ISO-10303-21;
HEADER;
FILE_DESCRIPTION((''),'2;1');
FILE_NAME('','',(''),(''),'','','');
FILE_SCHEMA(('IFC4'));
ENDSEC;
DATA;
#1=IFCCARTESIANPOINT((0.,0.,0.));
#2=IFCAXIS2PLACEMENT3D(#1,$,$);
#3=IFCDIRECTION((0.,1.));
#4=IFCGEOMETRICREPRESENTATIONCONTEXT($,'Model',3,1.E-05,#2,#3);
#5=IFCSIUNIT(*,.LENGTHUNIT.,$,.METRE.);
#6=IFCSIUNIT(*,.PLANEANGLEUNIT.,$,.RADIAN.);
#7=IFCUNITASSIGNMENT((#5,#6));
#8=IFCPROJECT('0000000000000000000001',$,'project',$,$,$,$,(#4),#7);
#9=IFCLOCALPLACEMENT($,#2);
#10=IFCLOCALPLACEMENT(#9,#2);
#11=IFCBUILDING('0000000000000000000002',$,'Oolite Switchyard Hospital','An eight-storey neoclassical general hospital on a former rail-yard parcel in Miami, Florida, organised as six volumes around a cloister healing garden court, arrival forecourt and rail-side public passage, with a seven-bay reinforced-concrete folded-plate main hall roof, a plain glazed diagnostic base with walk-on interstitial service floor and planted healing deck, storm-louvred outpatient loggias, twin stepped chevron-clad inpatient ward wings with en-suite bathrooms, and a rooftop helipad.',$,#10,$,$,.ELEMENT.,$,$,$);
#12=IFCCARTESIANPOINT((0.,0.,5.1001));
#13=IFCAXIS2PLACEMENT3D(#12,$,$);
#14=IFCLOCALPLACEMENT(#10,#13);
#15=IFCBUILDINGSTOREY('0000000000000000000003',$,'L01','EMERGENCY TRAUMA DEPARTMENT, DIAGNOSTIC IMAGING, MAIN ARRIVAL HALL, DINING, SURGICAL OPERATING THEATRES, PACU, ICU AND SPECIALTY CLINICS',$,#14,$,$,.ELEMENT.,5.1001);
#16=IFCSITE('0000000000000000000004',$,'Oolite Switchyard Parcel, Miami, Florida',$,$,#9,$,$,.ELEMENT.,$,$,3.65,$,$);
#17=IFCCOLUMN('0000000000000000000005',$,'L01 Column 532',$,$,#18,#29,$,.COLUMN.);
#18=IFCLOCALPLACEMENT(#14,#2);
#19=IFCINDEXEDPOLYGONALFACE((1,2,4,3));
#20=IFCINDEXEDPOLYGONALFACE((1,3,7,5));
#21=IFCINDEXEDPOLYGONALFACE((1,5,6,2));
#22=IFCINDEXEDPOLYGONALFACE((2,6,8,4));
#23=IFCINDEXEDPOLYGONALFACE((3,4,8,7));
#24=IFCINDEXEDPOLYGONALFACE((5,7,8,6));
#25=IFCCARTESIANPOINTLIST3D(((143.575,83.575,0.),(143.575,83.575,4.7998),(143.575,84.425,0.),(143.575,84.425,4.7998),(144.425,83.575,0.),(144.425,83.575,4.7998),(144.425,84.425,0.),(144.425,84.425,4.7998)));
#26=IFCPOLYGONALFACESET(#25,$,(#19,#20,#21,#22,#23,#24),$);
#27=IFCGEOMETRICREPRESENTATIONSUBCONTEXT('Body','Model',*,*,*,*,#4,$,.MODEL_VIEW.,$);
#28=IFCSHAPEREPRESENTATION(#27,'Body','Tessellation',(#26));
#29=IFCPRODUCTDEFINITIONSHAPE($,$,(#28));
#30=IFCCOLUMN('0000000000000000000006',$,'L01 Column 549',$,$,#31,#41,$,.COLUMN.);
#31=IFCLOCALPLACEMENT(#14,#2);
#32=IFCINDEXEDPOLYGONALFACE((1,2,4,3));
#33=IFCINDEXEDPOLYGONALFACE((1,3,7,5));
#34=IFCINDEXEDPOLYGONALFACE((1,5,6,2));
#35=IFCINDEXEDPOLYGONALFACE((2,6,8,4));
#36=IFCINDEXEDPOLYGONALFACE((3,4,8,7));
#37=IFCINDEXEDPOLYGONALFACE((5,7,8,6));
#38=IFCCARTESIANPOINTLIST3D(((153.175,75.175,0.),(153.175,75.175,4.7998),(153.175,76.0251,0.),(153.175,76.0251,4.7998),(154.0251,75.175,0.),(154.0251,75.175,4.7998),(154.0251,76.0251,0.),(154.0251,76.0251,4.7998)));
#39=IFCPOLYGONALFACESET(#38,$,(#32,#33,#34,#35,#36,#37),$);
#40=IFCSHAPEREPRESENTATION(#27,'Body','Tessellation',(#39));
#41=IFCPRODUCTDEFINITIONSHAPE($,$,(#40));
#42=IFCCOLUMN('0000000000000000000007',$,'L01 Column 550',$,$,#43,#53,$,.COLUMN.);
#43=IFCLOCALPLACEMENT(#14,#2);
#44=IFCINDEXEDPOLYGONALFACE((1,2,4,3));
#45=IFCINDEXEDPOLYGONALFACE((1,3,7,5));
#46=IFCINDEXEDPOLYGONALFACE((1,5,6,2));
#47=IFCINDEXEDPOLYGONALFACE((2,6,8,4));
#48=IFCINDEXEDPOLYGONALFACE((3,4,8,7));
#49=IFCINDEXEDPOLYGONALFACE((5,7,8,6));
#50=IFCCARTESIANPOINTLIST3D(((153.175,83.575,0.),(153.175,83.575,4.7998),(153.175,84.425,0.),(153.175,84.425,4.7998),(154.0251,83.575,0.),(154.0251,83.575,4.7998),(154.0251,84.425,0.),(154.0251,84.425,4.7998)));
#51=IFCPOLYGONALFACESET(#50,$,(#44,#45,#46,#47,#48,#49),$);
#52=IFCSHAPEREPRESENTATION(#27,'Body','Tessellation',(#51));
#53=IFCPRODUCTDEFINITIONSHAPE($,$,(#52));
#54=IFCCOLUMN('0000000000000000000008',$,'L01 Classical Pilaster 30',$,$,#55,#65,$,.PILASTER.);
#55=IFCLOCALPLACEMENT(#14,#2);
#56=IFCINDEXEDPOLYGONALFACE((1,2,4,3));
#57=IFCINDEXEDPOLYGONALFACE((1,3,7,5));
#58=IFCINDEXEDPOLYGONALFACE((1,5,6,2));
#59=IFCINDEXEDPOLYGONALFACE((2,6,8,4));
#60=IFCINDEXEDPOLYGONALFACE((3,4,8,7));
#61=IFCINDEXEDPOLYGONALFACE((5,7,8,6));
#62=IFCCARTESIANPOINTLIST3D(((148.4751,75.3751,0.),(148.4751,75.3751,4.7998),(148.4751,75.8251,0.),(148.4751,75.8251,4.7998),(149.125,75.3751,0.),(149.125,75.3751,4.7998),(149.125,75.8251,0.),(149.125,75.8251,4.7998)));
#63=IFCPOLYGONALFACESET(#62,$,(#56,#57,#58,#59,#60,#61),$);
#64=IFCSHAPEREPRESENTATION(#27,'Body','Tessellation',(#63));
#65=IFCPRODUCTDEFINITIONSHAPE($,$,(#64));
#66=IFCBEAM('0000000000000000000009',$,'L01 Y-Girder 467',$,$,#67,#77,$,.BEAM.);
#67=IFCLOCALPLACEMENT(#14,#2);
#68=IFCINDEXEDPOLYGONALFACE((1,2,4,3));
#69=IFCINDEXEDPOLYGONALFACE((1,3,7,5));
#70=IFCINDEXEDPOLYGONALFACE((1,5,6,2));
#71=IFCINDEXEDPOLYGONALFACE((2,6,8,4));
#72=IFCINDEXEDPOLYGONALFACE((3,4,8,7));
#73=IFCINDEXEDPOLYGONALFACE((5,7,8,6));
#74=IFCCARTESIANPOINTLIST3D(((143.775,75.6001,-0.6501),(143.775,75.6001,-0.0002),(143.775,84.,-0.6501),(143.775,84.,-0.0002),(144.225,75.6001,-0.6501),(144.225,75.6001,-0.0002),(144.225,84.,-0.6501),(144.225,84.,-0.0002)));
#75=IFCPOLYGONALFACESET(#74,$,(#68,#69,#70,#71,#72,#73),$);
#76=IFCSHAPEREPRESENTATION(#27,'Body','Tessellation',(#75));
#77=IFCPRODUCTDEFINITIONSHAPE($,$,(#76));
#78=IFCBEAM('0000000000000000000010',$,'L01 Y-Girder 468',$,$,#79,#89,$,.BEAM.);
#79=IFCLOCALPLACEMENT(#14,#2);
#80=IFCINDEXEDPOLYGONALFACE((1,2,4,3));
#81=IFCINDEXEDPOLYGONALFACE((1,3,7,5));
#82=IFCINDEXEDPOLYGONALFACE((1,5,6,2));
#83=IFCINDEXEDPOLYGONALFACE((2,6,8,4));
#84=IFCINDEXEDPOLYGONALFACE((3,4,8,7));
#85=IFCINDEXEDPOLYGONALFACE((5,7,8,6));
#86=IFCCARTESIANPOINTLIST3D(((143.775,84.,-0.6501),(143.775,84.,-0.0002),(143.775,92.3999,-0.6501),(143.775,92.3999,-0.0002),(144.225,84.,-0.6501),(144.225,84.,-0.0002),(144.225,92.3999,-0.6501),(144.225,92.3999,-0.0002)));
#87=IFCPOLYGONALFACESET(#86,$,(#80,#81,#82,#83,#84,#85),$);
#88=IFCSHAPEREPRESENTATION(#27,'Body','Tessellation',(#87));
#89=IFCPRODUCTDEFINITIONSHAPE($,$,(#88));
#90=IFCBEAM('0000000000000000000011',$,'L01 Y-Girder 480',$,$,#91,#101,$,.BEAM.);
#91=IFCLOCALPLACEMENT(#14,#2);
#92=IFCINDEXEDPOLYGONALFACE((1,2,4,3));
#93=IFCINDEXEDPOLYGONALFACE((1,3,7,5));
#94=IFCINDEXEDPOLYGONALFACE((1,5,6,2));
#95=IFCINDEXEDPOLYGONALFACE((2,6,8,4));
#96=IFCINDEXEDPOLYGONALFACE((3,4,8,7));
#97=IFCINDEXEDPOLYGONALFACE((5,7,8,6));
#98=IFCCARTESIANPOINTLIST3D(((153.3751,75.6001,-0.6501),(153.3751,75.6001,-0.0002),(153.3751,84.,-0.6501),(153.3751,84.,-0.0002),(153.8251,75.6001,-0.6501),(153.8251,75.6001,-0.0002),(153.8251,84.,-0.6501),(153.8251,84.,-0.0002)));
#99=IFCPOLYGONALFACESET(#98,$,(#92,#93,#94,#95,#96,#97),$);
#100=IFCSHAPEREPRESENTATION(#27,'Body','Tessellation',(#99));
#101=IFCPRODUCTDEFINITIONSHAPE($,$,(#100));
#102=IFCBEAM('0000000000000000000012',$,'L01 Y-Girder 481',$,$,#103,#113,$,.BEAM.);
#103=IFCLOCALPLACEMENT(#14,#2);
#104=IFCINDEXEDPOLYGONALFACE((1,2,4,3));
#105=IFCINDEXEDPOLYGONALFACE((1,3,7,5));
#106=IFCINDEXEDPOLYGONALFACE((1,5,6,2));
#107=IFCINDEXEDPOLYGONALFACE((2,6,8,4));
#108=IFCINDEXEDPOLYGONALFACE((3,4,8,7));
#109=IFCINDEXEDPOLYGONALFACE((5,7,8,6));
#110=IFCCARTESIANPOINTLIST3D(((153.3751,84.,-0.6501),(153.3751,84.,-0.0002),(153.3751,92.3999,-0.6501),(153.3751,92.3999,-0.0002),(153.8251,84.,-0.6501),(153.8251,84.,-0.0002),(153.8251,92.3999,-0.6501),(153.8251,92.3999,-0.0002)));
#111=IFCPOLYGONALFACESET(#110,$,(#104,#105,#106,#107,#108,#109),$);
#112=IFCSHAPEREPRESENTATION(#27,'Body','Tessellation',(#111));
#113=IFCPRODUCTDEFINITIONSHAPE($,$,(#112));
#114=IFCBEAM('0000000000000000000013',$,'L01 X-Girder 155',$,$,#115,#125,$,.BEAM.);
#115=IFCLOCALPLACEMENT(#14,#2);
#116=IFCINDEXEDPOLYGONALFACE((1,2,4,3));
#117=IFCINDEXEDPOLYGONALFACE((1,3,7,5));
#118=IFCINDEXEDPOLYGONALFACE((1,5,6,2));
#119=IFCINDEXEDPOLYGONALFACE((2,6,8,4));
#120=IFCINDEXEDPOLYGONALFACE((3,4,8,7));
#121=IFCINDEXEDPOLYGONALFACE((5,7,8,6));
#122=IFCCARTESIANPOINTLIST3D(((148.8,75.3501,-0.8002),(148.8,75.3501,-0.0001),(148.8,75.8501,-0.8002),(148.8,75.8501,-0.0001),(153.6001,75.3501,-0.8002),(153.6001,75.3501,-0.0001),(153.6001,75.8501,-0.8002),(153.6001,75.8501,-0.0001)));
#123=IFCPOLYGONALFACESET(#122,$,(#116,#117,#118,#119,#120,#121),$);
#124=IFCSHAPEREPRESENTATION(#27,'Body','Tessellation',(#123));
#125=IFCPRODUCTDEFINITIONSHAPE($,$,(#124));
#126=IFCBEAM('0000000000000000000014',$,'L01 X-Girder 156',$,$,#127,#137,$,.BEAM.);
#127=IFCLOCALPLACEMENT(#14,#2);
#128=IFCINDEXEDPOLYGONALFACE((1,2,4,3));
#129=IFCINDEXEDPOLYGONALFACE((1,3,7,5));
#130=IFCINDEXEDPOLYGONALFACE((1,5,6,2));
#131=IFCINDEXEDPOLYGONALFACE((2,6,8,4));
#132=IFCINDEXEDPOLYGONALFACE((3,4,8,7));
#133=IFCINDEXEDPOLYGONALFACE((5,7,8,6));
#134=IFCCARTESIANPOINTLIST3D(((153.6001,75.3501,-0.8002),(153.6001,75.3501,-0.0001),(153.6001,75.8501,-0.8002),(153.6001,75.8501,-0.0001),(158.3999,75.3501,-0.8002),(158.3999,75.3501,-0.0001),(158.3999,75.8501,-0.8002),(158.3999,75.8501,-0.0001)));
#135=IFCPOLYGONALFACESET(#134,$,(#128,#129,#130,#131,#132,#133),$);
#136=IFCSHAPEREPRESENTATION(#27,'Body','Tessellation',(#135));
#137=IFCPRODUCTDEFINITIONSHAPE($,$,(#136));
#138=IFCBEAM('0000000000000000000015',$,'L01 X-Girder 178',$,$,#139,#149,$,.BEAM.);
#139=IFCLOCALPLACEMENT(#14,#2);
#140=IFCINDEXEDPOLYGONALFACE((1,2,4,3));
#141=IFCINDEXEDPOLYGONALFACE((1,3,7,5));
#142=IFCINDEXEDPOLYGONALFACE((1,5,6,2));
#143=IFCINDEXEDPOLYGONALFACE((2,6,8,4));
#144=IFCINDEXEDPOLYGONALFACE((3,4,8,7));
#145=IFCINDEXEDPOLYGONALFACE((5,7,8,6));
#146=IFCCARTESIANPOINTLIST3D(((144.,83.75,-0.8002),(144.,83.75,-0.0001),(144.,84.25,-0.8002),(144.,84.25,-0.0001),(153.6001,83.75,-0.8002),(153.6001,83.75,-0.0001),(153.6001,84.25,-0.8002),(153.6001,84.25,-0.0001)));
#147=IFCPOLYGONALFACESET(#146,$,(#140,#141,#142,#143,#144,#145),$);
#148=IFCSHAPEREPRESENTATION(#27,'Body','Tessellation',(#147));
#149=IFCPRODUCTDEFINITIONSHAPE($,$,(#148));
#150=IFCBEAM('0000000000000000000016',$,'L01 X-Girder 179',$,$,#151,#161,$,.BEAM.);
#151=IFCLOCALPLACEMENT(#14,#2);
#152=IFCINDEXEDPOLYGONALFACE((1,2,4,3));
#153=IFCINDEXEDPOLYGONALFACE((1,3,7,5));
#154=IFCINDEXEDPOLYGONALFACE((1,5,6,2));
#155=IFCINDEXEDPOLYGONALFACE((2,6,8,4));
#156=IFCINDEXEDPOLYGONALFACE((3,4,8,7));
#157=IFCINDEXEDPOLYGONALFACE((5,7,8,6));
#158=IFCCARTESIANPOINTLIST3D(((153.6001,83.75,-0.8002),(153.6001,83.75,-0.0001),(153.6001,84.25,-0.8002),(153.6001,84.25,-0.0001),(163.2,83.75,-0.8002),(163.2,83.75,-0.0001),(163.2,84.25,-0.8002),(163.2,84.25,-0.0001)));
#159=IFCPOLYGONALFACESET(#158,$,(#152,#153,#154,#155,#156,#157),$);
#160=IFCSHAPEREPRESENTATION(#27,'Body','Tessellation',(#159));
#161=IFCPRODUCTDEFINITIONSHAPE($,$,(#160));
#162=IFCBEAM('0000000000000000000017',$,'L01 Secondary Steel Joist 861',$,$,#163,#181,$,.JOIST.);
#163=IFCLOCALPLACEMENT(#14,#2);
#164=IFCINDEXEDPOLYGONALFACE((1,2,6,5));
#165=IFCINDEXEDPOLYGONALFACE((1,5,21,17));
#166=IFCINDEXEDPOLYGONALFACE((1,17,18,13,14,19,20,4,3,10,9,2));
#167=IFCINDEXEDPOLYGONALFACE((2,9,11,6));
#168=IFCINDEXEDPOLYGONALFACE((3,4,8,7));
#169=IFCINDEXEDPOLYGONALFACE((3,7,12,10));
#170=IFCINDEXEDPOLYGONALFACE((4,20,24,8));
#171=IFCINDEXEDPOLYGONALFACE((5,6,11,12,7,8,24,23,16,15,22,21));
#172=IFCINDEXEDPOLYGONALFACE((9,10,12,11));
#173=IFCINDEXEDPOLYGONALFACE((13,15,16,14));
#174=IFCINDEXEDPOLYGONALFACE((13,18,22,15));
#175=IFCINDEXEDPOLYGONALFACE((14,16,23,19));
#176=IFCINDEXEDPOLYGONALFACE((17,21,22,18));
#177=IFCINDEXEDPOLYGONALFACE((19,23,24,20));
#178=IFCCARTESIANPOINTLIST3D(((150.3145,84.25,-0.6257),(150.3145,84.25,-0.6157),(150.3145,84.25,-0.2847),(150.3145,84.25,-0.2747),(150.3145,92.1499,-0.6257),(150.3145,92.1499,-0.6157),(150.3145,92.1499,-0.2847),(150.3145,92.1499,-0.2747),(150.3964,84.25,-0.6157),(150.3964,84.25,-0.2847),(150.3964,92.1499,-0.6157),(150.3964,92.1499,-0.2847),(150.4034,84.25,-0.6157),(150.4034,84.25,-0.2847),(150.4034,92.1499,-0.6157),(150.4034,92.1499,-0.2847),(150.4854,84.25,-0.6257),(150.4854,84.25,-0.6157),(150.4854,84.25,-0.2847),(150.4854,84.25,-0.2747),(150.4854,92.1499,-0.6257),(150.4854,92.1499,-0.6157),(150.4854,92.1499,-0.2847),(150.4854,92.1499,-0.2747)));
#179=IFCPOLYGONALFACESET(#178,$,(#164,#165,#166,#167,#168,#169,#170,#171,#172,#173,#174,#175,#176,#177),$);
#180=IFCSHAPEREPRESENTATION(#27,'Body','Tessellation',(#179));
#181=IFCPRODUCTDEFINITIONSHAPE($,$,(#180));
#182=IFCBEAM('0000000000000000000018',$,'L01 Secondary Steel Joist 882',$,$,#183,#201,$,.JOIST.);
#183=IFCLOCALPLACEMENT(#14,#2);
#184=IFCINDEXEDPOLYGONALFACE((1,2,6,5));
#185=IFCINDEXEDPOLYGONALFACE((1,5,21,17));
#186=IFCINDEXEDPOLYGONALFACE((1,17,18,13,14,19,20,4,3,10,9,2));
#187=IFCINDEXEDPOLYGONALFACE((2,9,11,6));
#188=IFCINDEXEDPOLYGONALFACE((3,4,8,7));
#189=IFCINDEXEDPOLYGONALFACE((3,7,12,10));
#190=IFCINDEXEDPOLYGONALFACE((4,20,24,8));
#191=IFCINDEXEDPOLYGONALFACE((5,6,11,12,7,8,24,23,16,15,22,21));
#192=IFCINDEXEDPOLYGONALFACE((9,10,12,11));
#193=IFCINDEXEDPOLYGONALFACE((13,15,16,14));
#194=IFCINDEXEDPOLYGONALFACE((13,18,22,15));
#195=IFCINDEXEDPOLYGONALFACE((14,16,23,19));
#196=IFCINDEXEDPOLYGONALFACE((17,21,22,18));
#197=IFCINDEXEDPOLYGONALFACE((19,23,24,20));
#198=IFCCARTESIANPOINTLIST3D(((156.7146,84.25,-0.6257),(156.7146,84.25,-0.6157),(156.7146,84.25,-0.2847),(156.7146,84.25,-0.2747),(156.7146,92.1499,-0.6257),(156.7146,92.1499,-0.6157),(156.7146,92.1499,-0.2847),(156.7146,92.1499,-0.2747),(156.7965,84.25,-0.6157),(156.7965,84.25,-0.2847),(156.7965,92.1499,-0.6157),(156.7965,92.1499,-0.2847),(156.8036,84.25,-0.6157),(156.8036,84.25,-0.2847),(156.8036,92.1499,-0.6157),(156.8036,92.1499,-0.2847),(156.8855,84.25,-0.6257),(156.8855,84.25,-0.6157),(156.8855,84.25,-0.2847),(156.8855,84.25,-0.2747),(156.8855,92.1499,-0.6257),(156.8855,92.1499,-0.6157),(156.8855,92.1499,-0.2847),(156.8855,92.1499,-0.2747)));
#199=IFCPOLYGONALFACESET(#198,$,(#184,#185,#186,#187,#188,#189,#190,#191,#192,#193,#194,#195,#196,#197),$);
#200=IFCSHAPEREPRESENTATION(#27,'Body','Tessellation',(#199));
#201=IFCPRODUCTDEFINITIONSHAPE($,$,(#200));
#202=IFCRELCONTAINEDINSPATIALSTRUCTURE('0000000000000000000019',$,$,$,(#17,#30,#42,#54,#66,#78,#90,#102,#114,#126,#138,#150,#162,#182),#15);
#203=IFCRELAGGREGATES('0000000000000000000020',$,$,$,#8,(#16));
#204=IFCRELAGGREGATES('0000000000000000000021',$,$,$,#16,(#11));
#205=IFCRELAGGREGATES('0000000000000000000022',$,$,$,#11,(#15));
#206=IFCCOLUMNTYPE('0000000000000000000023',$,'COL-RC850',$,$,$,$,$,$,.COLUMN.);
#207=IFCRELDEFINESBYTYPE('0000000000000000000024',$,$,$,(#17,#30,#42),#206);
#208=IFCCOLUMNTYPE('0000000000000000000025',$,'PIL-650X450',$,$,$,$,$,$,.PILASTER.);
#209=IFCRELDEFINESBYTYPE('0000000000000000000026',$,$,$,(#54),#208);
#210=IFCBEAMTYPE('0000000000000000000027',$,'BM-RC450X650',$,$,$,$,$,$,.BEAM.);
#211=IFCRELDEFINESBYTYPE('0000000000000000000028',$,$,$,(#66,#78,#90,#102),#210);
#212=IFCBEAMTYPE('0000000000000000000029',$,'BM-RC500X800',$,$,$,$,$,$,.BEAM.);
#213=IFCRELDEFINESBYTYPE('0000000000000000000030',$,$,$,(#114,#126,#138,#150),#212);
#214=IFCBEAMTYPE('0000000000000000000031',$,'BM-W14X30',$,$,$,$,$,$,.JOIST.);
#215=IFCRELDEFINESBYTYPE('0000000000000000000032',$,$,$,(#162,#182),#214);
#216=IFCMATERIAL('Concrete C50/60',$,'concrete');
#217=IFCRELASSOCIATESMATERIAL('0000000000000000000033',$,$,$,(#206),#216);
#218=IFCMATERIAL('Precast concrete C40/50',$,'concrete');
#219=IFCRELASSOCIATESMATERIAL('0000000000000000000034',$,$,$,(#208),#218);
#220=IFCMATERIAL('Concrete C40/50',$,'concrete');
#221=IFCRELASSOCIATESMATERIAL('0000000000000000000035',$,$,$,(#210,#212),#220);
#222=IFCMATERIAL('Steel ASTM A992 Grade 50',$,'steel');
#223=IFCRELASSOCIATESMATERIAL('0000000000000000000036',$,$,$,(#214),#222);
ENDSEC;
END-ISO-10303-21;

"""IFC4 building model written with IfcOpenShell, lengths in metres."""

from ifc_helpers import new_model, si_unit, direction, frame, origin, origin_2d, place, context, subcontext, project, spatial, rectangle, i_section, extrude, material, material_profile, profile_set, type_object, element, save


model = new_model("IFC4")

# Units and contexts
model_context = context("Model", 3, precision=1e-05, world=origin(), true_north=direction((0.0, 1.0)))
body_context = subcontext(model_context, "Body", "Model", "MODEL_VIEW")
ifc_project = project(units=[si_unit("LENGTHUNIT", "METRE"), si_unit("PLANEANGLEUNIT", "RADIAN")], contexts=[model_context])

# Site, building, storey
site_placement = place(None, origin())
site = spatial("IfcSite", under=ifc_project, at=site_placement, Name="Oolite Switchyard Parcel, Miami, Florida", CompositionType="ELEMENT", RefElevation=3.65)
building_placement = place(site_placement, origin())
building = spatial("IfcBuilding", under=site, at=building_placement, Name="Oolite Switchyard Hospital", Description="An eight-storey neoclassical general hospital on a former rail-yard parcel in Miami, Florida, organised as six volumes around a cloister healing garden court, arrival forecourt and rail-side public passage, with a seven-bay reinforced-concrete folded-plate main hall roof, a plain glazed diagnostic base with walk-on interstitial service floor and planted healing deck, storm-louvred outpatient loggias, twin stepped chevron-clad inpatient ward wings with en-suite bathrooms, and a rooftop helipad.", CompositionType="ELEMENT")
storey_placement = place(building_placement, frame((0.0, 0.0, 5.1001)))
storey = spatial("IfcBuildingStorey", under=building, at=storey_placement, Name="L01", Description="EMERGENCY TRAUMA DEPARTMENT, DIAGNOSTIC IMAGING, MAIN ARRIVAL HALL, DINING, SURGICAL OPERATING THEATRES, PACU, ICU AND SPECIALTY CLINICS", CompositionType="ELEMENT", Elevation=5.1001)

# Columns
ifc_material_1 = material(Name="Concrete C50/60", Category="concrete")
ifc_material_profile_1 = material_profile(ifc_material_1, rectangle(XDim=0.8501, YDim=0.8501, at=origin_2d()), Name="RC850X850")
ifc_profile_set_1 = profile_set([ifc_material_profile_1], Name="Concrete C50/60")
column_type_1 = type_object("IfcColumnType", Name="COL-RC850", PredefinedType="COLUMN", material=ifc_profile_set_1)
for number, where, z_axis, x_axis, name in (
    (1, (144.0, 84.0, 0.0), (0.0, 0.0, 1.0), (1.0, 0.0, 0.0), "L01 Column 532"),
    (2, (153.6001, 75.6001, 0.0), (0.0, 0.0, 1.0), (1.0, 0.0, 0.0), "L01 Column 549"),
    (3, (153.6001, 84.0, 0.0), (0.0, 0.0, 1.0), (1.0, 0.0, 0.0), "L01 Column 550"),
):
    element("IfcColumn", number, at=place(storey_placement, frame(where, z_axis=z_axis, x_axis=x_axis)), inside=storey, type_object=column_type_1, Name=name, PredefinedType="COLUMN", context=body_context, shape_type="SweptSolid", body=[
        extrude(rectangle(XDim=0.8501, YDim=0.8501, at=origin_2d()), origin(), (0.0, 0.0, 1.0), 4.7998),
    ])
ifc_material_2 = material(Name="Precast concrete C40/50", Category="concrete")
ifc_material_profile_2 = material_profile(ifc_material_2, rectangle(XDim=0.6499, YDim=0.45, at=origin_2d()), Name="PIL650X450")
ifc_profile_set_2 = profile_set([ifc_material_profile_2], Name="Precast concrete C40/50")
column_type_2 = type_object("IfcColumnType", Name="PIL-650X450", PredefinedType="PILASTER", material=ifc_profile_set_2)
column_placement = place(storey_placement, frame((148.8, 75.6001, 0.0), z_axis=(0.0, 0.0, 1.0), x_axis=(1.0, 0.0, 0.0)))
element("IfcColumn", 4, at=column_placement, inside=storey, type_object=column_type_2, Name="L01 Classical Pilaster 30", PredefinedType="PILASTER", context=body_context, shape_type="SweptSolid", body=[
    extrude(rectangle(XDim=0.6499, YDim=0.45, at=origin_2d()), origin(), (0.0, 0.0, 1.0), 4.7998),
])

# Beams
ifc_material_3 = material(Name="Concrete C40/50", Category="concrete")
ifc_material_profile_3 = material_profile(ifc_material_3, rectangle(XDim=0.45, YDim=0.6499, at=origin_2d()), Name="RCB450X650")
ifc_profile_set_3 = profile_set([ifc_material_profile_3], Name="Concrete C40/50")
beam_type_1 = type_object("IfcBeamType", Name="BM-RC450X650", PredefinedType="BEAM", material=ifc_profile_set_3)
for number, where, z_axis, x_axis, name in (
    (5, (144.0, 75.6001, -0.3252), (0.0, 1.0, 0.0), (-1.0, 0.0, 0.0), "L01 Y-Girder 467"),
    (6, (144.0, 84.0, -0.3252), (0.0, 1.0, 0.0), (-1.0, 0.0, 0.0), "L01 Y-Girder 468"),
    (7, (153.6001, 75.6001, -0.3252), (0.0, 1.0, 0.0), (-1.0, 0.0, 0.0), "L01 Y-Girder 480"),
    (8, (153.6001, 84.0, -0.3252), (0.0, 1.0, 0.0), (-1.0, 0.0, 0.0), "L01 Y-Girder 481"),
):
    element("IfcBeam", number, at=place(storey_placement, frame(where, z_axis=z_axis, x_axis=x_axis)), inside=storey, type_object=beam_type_1, Name=name, PredefinedType="BEAM", context=body_context, shape_type="SweptSolid", body=[
        extrude(rectangle(XDim=0.45, YDim=0.6499, at=origin_2d()), origin(), (0.0, 0.0, 1.0), 8.3999),
    ])
ifc_material_profile_4 = material_profile(ifc_material_3, rectangle(XDim=0.5, YDim=0.8, at=origin_2d()), Name="RCB500X800")
ifc_profile_set_4 = profile_set([ifc_material_profile_4], Name="Concrete C40/50")
beam_type_2 = type_object("IfcBeamType", Name="BM-RC500X800", PredefinedType="BEAM", material=ifc_profile_set_4)
beam_1_placement = place(storey_placement, frame((148.8, 75.6001, -0.4001), z_axis=(1.0, 0.0, 0.0), x_axis=(0.0, 1.0, 0.0)))
element("IfcBeam", 9, at=beam_1_placement, inside=storey, type_object=beam_type_2, Name="L01 X-Girder 155", PredefinedType="BEAM", context=body_context, shape_type="SweptSolid", body=[
    extrude(rectangle(XDim=0.5, YDim=0.8, at=origin_2d()), origin(), (0.0, 0.0, 1.0), 4.8),
])
beam_2_placement = place(storey_placement, frame((153.6001, 75.6001, -0.4001), z_axis=(1.0, 0.0, 0.0), x_axis=(0.0, 1.0, 0.0)))
element("IfcBeam", 10, at=beam_2_placement, inside=storey, type_object=beam_type_2, Name="L01 X-Girder 156", PredefinedType="BEAM", context=body_context, shape_type="SweptSolid", body=[
    extrude(rectangle(XDim=0.5, YDim=0.8, at=origin_2d()), origin(), (0.0, 0.0, 1.0), 4.7998),
])
beam_3_placement = place(storey_placement, frame((144.0, 84.0, -0.4001), z_axis=(1.0, 0.0, 0.0), x_axis=(0.0, 1.0, 0.0)))
element("IfcBeam", 11, at=beam_3_placement, inside=storey, type_object=beam_type_2, Name="L01 X-Girder 178", PredefinedType="BEAM", context=body_context, shape_type="SweptSolid", body=[
    extrude(rectangle(XDim=0.5, YDim=0.8, at=origin_2d()), origin(), (0.0, 0.0, 1.0), 9.6001),
])
beam_4_placement = place(storey_placement, frame((153.6001, 84.0, -0.4001), z_axis=(1.0, 0.0, 0.0), x_axis=(0.0, 1.0, 0.0)))
element("IfcBeam", 12, at=beam_4_placement, inside=storey, type_object=beam_type_2, Name="L01 X-Girder 179", PredefinedType="BEAM", context=body_context, shape_type="SweptSolid", body=[
    extrude(rectangle(XDim=0.5, YDim=0.8, at=origin_2d()), origin(), (0.0, 0.0, 1.0), 9.5999),
])
ifc_material_4 = material(Name="Steel ASTM A992 Grade 50", Category="steel")
ifc_material_profile_5 = material_profile(ifc_material_4, i_section(OverallWidth=0.1709, OverallDepth=0.3511, WebThickness=0.0071, FlangeThickness=0.01, at=origin_2d()), Name="W14X30")
ifc_profile_set_5 = profile_set([ifc_material_profile_5], Name="Steel ASTM A992 Grade 50")
beam_type_3 = type_object("IfcBeamType", Name="BM-W14X30", PredefinedType="JOIST", material=ifc_profile_set_5)
for number, where, z_axis, x_axis, name in (
    (13, (150.3999, 84.25, -0.4502), (0.0, 1.0, 0.0), (-1.0, 0.0, 0.0), "L01 Secondary Steel Joist 861"),
    (14, (156.8, 84.25, -0.4502), (0.0, 1.0, 0.0), (-1.0, 0.0, 0.0), "L01 Secondary Steel Joist 882"),
):
    element("IfcBeam", number, at=place(storey_placement, frame(where, z_axis=z_axis, x_axis=x_axis)), inside=storey, type_object=beam_type_3, Name=name, PredefinedType="JOIST", context=body_context, shape_type="SweptSolid", body=[
        extrude(i_section(OverallWidth=0.1709, OverallDepth=0.3511, WebThickness=0.0071, FlangeThickness=0.01, at=origin_2d()), origin(), (0.0, 0.0, 1.0), 7.8999),
    ])

save(model, "model.ifc")
